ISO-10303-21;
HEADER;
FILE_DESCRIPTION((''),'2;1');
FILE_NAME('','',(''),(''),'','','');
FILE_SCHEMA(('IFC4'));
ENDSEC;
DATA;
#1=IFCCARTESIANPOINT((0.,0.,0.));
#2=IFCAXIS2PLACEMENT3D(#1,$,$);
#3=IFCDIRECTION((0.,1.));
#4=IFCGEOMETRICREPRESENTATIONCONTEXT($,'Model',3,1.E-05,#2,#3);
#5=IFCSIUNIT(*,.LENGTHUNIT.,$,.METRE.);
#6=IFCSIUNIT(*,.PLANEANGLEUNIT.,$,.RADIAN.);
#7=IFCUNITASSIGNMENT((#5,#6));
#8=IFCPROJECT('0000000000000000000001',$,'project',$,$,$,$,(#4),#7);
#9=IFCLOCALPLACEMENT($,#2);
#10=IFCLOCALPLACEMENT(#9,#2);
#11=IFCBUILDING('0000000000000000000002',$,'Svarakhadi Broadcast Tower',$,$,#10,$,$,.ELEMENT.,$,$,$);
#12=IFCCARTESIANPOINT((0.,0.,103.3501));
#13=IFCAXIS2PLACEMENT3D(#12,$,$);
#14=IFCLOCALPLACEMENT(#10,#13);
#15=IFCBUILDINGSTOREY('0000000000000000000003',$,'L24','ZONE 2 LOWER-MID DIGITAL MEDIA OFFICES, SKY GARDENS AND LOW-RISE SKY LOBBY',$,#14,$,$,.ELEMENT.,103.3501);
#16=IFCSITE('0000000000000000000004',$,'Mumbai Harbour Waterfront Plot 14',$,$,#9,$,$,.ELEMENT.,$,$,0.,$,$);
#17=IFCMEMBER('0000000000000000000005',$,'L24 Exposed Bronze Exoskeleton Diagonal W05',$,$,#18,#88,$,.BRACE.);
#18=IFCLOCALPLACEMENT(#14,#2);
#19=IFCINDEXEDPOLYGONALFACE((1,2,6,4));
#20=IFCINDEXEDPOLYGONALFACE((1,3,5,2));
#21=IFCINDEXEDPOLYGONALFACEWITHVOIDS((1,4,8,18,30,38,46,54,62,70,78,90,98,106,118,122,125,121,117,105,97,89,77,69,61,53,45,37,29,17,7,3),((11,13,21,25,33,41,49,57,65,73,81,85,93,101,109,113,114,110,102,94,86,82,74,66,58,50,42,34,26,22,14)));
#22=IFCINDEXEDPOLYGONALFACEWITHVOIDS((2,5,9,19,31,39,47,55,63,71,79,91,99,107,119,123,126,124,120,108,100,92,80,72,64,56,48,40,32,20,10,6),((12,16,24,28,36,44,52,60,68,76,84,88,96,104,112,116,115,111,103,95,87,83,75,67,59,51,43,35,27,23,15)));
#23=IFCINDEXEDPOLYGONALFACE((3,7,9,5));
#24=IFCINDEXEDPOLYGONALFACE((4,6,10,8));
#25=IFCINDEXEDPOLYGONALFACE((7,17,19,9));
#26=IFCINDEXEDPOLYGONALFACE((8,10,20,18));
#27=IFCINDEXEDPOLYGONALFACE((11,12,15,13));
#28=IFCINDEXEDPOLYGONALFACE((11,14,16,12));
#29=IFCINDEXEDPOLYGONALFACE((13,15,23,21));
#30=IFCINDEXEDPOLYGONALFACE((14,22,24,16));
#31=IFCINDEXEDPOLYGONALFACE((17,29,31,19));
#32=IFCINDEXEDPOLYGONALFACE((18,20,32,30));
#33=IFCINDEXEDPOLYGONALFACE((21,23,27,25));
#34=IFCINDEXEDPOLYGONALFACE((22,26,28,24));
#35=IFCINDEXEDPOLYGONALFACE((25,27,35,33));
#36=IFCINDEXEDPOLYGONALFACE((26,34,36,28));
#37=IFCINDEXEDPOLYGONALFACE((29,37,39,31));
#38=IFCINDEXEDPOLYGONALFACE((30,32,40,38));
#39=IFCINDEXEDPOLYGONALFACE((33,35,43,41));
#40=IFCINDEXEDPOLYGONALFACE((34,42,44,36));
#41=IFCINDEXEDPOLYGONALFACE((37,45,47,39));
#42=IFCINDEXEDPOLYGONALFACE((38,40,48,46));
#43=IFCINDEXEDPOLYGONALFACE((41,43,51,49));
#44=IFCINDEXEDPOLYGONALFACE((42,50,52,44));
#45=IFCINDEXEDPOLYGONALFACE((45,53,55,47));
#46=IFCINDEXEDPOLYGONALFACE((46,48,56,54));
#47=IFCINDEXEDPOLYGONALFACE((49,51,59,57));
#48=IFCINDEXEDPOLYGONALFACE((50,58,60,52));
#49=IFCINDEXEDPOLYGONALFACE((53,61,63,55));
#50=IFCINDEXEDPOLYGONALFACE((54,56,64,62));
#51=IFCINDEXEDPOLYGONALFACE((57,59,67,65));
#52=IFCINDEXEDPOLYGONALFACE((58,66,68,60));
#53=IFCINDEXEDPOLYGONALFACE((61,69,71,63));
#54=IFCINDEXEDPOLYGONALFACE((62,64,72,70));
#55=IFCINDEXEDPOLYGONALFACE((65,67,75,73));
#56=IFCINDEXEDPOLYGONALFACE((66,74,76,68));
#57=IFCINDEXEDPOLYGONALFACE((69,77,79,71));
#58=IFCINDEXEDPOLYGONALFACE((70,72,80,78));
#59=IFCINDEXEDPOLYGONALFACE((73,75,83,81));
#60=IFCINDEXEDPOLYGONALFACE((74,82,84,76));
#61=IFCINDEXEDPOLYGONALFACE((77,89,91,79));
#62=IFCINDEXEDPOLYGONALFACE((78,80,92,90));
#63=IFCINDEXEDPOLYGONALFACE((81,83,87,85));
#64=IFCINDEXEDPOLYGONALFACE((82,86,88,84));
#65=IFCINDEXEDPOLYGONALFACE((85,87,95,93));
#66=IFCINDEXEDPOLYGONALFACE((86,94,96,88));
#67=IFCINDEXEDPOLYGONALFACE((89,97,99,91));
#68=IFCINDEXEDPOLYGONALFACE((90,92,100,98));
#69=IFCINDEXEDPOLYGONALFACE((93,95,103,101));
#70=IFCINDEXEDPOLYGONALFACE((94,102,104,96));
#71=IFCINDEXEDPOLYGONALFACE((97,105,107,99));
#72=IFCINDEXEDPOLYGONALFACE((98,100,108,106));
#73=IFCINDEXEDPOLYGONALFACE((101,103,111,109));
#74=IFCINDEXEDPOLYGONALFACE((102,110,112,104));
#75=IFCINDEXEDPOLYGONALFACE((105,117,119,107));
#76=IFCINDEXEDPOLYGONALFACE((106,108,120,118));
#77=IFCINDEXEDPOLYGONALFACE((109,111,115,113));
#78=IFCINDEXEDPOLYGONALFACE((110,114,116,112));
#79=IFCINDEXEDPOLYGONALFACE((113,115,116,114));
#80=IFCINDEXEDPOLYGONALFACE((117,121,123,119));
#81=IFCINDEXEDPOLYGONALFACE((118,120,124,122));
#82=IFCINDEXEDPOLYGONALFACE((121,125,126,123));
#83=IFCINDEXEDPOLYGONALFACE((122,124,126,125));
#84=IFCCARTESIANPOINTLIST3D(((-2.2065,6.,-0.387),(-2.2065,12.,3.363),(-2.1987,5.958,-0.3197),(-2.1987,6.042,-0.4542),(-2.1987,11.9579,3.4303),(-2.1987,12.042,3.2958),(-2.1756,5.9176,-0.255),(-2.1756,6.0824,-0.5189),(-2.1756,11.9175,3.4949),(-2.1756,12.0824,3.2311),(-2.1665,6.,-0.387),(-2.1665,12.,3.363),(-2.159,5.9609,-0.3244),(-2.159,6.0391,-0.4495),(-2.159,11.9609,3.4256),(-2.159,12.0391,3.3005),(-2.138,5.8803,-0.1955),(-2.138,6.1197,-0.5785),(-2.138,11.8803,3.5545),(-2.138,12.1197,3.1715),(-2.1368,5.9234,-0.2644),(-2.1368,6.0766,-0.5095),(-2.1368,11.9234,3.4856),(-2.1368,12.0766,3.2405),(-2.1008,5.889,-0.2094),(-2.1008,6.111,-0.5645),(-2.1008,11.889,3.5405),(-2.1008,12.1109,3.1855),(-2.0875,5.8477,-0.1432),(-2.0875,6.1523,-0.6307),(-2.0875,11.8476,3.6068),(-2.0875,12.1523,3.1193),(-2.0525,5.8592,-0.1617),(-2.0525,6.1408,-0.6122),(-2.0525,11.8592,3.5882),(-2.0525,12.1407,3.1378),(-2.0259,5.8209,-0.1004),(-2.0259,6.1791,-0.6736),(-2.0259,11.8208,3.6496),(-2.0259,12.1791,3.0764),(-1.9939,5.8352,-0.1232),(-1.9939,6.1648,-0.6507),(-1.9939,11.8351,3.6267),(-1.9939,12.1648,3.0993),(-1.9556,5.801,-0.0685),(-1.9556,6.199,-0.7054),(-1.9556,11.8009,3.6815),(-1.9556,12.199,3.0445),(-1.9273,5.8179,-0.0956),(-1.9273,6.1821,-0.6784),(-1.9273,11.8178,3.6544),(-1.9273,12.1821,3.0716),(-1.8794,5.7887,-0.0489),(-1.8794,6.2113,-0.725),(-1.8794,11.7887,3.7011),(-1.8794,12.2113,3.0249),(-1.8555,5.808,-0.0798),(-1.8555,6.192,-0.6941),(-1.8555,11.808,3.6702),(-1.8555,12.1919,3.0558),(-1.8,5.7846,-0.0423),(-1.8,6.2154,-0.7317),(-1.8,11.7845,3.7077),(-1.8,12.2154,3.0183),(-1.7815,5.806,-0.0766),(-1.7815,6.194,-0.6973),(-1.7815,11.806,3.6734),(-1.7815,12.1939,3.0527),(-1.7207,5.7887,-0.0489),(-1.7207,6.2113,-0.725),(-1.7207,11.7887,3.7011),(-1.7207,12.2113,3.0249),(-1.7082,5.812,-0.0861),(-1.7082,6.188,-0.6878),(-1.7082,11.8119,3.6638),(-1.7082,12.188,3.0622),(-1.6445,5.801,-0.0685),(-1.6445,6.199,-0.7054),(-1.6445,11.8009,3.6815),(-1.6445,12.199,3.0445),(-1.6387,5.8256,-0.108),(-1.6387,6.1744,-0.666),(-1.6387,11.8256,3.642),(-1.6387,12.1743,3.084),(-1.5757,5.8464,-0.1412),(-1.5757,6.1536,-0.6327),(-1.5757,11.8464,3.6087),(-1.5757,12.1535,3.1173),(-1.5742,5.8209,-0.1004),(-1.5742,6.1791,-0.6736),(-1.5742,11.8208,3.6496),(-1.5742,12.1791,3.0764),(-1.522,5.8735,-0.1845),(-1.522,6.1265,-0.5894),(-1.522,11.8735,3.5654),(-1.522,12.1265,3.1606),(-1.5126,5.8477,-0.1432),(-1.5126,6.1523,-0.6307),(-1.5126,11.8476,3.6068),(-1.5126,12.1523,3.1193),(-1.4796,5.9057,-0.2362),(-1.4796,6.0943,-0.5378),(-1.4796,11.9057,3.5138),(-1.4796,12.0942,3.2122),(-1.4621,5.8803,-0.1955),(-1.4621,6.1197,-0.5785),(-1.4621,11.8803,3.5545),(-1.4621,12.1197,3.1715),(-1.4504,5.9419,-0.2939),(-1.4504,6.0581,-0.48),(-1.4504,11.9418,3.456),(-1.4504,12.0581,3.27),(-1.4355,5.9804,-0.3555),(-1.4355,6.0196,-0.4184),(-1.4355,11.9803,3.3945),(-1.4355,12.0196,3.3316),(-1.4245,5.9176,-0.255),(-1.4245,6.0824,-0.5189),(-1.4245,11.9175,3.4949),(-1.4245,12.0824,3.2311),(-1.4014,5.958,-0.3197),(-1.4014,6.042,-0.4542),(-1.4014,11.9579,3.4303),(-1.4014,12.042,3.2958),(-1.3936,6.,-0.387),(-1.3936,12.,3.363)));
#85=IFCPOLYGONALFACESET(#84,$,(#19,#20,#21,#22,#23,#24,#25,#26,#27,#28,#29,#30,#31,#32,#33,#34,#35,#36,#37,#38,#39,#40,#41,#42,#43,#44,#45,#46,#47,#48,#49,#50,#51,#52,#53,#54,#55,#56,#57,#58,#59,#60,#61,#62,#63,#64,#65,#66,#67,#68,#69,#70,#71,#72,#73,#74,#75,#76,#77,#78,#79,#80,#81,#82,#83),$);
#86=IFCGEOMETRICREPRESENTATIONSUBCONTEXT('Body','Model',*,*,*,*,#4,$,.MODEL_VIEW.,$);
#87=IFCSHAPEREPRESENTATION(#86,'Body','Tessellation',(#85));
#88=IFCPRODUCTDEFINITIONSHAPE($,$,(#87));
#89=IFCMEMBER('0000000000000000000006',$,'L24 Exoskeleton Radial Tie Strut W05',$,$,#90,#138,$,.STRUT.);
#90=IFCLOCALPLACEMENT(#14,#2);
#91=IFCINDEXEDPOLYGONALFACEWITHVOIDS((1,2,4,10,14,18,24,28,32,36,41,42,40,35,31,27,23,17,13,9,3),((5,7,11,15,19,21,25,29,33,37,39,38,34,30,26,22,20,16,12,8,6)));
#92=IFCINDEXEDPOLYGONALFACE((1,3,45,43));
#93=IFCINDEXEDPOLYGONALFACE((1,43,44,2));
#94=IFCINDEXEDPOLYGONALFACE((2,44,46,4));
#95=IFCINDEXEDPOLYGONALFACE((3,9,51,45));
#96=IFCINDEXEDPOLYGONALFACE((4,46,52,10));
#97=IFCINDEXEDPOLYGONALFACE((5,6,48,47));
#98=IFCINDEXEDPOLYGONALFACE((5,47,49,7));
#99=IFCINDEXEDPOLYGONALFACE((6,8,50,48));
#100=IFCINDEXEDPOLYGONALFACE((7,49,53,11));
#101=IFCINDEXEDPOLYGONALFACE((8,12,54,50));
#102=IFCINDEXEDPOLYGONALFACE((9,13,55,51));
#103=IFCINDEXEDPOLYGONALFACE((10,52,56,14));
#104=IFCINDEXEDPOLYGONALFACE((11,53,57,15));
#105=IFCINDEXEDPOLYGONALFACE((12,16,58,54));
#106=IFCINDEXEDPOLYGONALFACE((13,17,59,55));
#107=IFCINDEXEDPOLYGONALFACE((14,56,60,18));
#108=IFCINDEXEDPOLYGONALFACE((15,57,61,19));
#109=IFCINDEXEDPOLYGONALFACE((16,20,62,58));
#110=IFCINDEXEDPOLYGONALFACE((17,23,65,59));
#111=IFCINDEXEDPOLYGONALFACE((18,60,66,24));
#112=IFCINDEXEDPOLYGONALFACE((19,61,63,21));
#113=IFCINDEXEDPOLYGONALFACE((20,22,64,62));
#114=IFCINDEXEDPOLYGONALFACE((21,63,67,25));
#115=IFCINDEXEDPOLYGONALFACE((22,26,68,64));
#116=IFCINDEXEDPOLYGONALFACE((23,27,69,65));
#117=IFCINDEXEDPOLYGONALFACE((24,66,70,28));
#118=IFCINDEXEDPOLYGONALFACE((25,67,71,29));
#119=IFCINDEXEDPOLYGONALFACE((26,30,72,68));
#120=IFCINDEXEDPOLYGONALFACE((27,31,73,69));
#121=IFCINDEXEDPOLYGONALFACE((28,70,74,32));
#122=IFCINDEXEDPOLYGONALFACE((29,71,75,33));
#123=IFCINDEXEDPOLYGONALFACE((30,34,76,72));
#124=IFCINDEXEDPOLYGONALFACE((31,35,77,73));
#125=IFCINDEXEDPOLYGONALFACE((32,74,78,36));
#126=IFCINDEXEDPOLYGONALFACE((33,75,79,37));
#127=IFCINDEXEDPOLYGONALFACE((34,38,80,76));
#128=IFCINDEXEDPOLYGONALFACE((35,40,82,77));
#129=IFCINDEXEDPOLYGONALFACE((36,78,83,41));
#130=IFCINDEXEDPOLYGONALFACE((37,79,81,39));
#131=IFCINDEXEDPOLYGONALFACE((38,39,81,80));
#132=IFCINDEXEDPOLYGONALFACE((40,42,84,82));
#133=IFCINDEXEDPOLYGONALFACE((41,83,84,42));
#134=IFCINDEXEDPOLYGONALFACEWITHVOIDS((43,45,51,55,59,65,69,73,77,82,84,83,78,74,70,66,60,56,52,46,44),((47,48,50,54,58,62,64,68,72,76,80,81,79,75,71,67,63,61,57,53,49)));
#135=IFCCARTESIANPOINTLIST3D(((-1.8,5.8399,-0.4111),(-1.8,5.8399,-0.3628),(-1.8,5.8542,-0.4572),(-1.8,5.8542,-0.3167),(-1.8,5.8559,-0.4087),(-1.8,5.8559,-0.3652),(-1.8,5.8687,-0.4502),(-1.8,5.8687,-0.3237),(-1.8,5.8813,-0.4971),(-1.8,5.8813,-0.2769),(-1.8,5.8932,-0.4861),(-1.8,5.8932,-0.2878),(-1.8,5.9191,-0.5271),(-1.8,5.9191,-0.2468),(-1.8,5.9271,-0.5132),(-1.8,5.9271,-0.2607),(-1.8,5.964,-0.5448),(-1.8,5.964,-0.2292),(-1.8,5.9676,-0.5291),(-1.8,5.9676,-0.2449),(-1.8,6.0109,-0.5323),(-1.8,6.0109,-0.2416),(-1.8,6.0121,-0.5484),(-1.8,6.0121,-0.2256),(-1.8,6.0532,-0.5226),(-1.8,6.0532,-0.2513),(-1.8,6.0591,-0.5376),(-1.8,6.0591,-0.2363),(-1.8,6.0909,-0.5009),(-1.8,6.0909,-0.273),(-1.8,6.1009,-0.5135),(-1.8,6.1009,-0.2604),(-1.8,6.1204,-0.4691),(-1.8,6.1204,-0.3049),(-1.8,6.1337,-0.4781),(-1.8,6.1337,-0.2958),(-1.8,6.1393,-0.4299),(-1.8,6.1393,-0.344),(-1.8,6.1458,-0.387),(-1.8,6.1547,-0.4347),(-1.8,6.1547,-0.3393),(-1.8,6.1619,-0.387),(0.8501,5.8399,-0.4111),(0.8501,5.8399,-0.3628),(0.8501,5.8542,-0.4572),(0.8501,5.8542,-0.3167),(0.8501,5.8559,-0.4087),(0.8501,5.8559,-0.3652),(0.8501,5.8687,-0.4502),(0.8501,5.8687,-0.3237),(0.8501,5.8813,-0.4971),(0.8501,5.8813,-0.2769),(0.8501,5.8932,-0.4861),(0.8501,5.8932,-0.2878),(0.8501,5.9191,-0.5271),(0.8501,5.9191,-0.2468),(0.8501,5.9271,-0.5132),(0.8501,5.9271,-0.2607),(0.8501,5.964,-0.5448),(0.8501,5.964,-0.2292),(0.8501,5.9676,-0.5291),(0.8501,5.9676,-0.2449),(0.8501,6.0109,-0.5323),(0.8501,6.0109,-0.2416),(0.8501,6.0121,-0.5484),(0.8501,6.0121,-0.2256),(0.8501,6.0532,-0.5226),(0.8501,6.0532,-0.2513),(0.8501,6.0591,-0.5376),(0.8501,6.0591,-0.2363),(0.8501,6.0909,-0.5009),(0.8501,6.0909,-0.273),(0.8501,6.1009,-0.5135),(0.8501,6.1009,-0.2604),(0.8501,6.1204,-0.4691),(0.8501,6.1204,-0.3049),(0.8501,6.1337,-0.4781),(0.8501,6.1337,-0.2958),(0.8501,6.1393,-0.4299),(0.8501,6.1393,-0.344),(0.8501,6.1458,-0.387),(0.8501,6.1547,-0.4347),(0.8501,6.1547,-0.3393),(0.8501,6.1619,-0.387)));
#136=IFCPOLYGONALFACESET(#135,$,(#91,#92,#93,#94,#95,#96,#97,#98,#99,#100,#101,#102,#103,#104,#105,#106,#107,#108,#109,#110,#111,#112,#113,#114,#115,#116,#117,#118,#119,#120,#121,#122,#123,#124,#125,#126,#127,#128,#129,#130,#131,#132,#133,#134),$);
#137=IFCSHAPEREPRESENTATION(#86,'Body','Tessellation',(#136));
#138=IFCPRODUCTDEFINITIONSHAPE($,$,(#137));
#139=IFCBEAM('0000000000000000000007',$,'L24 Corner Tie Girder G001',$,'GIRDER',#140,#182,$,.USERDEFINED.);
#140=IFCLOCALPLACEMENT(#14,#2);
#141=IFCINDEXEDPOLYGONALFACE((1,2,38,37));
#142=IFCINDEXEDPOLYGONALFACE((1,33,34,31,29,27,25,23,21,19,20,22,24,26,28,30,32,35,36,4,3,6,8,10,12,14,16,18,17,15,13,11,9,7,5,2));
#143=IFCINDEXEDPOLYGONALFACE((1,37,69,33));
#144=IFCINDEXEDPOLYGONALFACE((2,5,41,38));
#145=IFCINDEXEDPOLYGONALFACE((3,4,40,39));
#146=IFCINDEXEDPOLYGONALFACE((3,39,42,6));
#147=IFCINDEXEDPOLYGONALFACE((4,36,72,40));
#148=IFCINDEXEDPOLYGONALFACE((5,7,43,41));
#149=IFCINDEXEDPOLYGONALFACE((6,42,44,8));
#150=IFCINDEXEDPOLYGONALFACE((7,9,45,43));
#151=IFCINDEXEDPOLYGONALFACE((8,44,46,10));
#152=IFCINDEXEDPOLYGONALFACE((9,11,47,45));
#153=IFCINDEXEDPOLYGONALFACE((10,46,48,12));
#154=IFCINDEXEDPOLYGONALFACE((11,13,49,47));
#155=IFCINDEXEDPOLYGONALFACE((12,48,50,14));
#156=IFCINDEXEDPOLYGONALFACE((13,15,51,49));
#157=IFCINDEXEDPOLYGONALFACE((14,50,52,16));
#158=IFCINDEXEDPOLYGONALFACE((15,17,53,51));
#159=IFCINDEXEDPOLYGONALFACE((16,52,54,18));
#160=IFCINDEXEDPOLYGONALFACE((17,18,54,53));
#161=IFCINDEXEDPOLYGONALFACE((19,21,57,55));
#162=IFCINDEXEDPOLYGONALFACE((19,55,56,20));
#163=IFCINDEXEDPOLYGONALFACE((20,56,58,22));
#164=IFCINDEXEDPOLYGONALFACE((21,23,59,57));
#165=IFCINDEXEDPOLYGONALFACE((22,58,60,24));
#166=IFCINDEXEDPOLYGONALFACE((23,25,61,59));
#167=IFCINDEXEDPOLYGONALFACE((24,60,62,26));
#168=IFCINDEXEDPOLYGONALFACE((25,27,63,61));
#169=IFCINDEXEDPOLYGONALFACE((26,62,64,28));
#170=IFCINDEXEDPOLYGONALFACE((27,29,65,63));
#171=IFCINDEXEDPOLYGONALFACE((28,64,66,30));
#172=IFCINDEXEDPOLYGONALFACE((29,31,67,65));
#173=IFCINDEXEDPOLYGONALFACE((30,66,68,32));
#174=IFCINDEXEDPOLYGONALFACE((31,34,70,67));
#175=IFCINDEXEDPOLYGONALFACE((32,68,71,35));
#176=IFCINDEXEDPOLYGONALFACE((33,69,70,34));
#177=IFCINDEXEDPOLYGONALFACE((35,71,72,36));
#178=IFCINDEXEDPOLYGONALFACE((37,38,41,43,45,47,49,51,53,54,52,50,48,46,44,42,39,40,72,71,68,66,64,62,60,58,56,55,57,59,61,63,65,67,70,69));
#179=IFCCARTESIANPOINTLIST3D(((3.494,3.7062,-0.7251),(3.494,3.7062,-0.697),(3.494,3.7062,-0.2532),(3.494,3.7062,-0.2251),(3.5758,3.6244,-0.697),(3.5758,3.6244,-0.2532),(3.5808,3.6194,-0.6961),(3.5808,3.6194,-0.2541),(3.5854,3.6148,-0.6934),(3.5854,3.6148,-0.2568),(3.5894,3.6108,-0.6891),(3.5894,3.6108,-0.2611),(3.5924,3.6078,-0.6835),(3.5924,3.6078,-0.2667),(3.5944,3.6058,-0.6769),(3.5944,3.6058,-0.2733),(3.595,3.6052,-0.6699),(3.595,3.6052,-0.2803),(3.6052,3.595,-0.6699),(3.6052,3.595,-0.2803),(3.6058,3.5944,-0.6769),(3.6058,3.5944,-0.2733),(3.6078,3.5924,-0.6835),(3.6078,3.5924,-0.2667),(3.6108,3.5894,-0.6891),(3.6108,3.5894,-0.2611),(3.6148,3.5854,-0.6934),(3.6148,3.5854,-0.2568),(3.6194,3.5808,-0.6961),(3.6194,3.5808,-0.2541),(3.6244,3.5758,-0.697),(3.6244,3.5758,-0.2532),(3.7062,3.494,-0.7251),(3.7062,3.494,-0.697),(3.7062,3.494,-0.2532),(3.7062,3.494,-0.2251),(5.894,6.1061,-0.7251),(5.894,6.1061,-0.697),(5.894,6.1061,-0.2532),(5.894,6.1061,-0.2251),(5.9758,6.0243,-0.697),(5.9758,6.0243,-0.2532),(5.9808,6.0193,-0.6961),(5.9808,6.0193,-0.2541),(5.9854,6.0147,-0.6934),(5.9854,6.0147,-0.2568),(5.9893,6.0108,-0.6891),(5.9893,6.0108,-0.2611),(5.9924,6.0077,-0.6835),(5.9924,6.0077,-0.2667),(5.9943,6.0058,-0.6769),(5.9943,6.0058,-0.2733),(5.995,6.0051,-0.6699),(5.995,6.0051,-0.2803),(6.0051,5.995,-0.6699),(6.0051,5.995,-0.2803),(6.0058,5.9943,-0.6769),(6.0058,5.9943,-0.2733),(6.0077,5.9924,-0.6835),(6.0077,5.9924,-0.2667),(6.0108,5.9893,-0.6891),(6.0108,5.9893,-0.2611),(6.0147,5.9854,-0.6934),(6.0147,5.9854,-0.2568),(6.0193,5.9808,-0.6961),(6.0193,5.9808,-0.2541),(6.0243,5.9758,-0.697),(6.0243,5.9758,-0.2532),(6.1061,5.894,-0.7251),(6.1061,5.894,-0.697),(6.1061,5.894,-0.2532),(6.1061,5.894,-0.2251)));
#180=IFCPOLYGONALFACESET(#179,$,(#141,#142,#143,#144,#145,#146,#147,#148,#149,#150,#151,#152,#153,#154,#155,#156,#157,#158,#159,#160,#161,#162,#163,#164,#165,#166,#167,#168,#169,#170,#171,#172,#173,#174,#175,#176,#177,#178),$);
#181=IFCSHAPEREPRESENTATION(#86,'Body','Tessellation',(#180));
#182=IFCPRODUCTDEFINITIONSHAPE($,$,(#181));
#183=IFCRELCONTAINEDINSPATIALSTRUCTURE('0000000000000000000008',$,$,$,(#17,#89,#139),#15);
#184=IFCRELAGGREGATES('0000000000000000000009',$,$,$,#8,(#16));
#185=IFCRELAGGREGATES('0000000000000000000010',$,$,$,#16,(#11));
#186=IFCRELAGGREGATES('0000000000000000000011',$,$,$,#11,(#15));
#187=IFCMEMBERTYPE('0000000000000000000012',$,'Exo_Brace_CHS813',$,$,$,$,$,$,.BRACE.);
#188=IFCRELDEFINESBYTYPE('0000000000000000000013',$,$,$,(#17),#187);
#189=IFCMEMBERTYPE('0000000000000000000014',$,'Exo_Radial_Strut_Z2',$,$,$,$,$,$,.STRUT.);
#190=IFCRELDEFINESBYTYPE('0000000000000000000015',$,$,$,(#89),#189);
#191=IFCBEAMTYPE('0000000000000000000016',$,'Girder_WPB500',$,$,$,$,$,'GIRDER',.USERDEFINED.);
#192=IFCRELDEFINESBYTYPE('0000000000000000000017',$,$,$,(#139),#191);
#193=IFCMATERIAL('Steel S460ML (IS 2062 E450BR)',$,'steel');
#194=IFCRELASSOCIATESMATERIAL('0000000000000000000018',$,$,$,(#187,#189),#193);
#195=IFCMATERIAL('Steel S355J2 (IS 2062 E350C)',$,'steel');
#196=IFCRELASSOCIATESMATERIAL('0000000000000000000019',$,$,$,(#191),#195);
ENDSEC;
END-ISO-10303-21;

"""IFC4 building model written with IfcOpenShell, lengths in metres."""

from ifc_helpers import new_model, si_unit, direction, frame, origin, origin_2d, place, context, subcontext, project, spatial, hollow_circle, i_section, extrude, material, material_profile, profile_set, type_object, element, save


model = new_model("IFC4")

# Units and contexts
model_context = context("Model", 3, precision=1e-05, world=origin(), true_north=direction((0.0, 1.0)))
body_context = subcontext(model_context, "Body", "Model", "MODEL_VIEW")
ifc_project = project(units=[si_unit("LENGTHUNIT", "METRE"), si_unit("PLANEANGLEUNIT", "RADIAN")], contexts=[model_context])

# Site, building, storey
site_placement = place(None, origin())
site = spatial("IfcSite", under=ifc_project, at=site_placement, Name="Mumbai Harbour Waterfront Plot 14", CompositionType="ELEMENT", RefElevation=0.0)
building_placement = place(site_placement, origin())
building = spatial("IfcBuilding", under=site, at=building_placement, Name="Svarakhadi Broadcast Tower", CompositionType="ELEMENT")
storey_placement = place(building_placement, frame((0.0, 0.0, 103.3501)))
storey = spatial("IfcBuildingStorey", under=building, at=storey_placement, Name="L24", Description="ZONE 2 LOWER-MID DIGITAL MEDIA OFFICES, SKY GARDENS AND LOW-RISE SKY LOBBY", CompositionType="ELEMENT", Elevation=103.3501)

# Shared definitions
ifc_material_1 = material(Name="Steel S460ML (IS 2062 E450BR)", Category="steel")

# Members
ifc_material_profile_1 = material_profile(ifc_material_1, hollow_circle(Radius=0.4065, WallThickness=0.04, at=origin_2d()), Name="CHS 813x40")
ifc_profile_set_1 = profile_set([ifc_material_profile_1], Name="Steel S460ML (IS 2062 E450BR)")
member_type_1 = type_object("IfcMemberType", Name="Exo_Brace_CHS813", PredefinedType="BRACE", material=ifc_profile_set_1)
member_1_placement = place(storey_placement, frame((-1.8, 6.0, -0.387), z_axis=(0.0, 0.847998, 0.529999), x_axis=(-1.0, 0.0, 0.0)))
element("IfcMember", 1, at=member_1_placement, inside=storey, type_object=member_type_1, Name="L24 Exposed Bronze Exoskeleton Diagonal W05", PredefinedType="BRACE", context=body_context, shape_type="SweptSolid", body=[
    extrude(hollow_circle(Radius=0.4065, WallThickness=0.04, at=origin_2d()), origin(), (0.0, 0.0, 1.0), 7.0754),
])
ifc_material_profile_2 = material_profile(ifc_material_1, hollow_circle(Radius=0.1619, WallThickness=0.0161, at=origin_2d()), Name="CHS 323.9x16")
ifc_profile_set_2 = profile_set([ifc_material_profile_2], Name="Steel S460ML (IS 2062 E450BR)")
member_type_2 = type_object("IfcMemberType", Name="Exo_Radial_Strut_Z2", PredefinedType="STRUT", material=ifc_profile_set_2)
member_2_placement = place(storey_placement, frame((-1.8, 6.0, -0.387), z_axis=(1.0, 0.0, 0.0), x_axis=(0.0, 1.0, 0.0)))
element("IfcMember", 2, at=member_2_placement, inside=storey, type_object=member_type_2, Name="L24 Exoskeleton Radial Tie Strut W05", PredefinedType="STRUT", context=body_context, shape_type="SweptSolid", body=[
    extrude(hollow_circle(Radius=0.1619, WallThickness=0.0161, at=origin_2d()), origin(), (0.0, 0.0, 1.0), 2.6501),
])

# Beam
ifc_material_2 = material(Name="Steel S355J2 (IS 2062 E350C)", Category="steel")
ifc_material_profile_3 = material_profile(ifc_material_2, i_section(OverallWidth=0.3, OverallDepth=0.5, WebThickness=0.0144, FlangeThickness=0.0281, FilletRadius=0.0271, at=origin_2d()), Name="WPB 500x300x187")
ifc_profile_set_3 = profile_set([ifc_material_profile_3], Name="Steel S355J2 (IS 2062 E350C)")
beam_type = type_object("IfcBeamType", Name="Girder_WPB500", ElementType="GIRDER", PredefinedType="USERDEFINED", material=ifc_profile_set_3)
beam_1_placement = place(storey_placement, frame((3.6001, 3.6001, -0.4751), z_axis=(0.707107, 0.707107, 0.0), x_axis=(-0.707107, 0.707107, 0.0)))
element("IfcBeam", 3, at=beam_1_placement, inside=storey, type_object=beam_type, Name="L24 Corner Tie Girder G001", ObjectType="GIRDER", PredefinedType="USERDEFINED", context=body_context, shape_type="SweptSolid", body=[
    extrude(i_section(OverallWidth=0.3, OverallDepth=0.5, WebThickness=0.0144, FlangeThickness=0.0281, FilletRadius=0.0271, at=origin_2d()), origin(), (0.0, 0.0, 1.0), 3.394),
])

save(model, "model.ifc")
